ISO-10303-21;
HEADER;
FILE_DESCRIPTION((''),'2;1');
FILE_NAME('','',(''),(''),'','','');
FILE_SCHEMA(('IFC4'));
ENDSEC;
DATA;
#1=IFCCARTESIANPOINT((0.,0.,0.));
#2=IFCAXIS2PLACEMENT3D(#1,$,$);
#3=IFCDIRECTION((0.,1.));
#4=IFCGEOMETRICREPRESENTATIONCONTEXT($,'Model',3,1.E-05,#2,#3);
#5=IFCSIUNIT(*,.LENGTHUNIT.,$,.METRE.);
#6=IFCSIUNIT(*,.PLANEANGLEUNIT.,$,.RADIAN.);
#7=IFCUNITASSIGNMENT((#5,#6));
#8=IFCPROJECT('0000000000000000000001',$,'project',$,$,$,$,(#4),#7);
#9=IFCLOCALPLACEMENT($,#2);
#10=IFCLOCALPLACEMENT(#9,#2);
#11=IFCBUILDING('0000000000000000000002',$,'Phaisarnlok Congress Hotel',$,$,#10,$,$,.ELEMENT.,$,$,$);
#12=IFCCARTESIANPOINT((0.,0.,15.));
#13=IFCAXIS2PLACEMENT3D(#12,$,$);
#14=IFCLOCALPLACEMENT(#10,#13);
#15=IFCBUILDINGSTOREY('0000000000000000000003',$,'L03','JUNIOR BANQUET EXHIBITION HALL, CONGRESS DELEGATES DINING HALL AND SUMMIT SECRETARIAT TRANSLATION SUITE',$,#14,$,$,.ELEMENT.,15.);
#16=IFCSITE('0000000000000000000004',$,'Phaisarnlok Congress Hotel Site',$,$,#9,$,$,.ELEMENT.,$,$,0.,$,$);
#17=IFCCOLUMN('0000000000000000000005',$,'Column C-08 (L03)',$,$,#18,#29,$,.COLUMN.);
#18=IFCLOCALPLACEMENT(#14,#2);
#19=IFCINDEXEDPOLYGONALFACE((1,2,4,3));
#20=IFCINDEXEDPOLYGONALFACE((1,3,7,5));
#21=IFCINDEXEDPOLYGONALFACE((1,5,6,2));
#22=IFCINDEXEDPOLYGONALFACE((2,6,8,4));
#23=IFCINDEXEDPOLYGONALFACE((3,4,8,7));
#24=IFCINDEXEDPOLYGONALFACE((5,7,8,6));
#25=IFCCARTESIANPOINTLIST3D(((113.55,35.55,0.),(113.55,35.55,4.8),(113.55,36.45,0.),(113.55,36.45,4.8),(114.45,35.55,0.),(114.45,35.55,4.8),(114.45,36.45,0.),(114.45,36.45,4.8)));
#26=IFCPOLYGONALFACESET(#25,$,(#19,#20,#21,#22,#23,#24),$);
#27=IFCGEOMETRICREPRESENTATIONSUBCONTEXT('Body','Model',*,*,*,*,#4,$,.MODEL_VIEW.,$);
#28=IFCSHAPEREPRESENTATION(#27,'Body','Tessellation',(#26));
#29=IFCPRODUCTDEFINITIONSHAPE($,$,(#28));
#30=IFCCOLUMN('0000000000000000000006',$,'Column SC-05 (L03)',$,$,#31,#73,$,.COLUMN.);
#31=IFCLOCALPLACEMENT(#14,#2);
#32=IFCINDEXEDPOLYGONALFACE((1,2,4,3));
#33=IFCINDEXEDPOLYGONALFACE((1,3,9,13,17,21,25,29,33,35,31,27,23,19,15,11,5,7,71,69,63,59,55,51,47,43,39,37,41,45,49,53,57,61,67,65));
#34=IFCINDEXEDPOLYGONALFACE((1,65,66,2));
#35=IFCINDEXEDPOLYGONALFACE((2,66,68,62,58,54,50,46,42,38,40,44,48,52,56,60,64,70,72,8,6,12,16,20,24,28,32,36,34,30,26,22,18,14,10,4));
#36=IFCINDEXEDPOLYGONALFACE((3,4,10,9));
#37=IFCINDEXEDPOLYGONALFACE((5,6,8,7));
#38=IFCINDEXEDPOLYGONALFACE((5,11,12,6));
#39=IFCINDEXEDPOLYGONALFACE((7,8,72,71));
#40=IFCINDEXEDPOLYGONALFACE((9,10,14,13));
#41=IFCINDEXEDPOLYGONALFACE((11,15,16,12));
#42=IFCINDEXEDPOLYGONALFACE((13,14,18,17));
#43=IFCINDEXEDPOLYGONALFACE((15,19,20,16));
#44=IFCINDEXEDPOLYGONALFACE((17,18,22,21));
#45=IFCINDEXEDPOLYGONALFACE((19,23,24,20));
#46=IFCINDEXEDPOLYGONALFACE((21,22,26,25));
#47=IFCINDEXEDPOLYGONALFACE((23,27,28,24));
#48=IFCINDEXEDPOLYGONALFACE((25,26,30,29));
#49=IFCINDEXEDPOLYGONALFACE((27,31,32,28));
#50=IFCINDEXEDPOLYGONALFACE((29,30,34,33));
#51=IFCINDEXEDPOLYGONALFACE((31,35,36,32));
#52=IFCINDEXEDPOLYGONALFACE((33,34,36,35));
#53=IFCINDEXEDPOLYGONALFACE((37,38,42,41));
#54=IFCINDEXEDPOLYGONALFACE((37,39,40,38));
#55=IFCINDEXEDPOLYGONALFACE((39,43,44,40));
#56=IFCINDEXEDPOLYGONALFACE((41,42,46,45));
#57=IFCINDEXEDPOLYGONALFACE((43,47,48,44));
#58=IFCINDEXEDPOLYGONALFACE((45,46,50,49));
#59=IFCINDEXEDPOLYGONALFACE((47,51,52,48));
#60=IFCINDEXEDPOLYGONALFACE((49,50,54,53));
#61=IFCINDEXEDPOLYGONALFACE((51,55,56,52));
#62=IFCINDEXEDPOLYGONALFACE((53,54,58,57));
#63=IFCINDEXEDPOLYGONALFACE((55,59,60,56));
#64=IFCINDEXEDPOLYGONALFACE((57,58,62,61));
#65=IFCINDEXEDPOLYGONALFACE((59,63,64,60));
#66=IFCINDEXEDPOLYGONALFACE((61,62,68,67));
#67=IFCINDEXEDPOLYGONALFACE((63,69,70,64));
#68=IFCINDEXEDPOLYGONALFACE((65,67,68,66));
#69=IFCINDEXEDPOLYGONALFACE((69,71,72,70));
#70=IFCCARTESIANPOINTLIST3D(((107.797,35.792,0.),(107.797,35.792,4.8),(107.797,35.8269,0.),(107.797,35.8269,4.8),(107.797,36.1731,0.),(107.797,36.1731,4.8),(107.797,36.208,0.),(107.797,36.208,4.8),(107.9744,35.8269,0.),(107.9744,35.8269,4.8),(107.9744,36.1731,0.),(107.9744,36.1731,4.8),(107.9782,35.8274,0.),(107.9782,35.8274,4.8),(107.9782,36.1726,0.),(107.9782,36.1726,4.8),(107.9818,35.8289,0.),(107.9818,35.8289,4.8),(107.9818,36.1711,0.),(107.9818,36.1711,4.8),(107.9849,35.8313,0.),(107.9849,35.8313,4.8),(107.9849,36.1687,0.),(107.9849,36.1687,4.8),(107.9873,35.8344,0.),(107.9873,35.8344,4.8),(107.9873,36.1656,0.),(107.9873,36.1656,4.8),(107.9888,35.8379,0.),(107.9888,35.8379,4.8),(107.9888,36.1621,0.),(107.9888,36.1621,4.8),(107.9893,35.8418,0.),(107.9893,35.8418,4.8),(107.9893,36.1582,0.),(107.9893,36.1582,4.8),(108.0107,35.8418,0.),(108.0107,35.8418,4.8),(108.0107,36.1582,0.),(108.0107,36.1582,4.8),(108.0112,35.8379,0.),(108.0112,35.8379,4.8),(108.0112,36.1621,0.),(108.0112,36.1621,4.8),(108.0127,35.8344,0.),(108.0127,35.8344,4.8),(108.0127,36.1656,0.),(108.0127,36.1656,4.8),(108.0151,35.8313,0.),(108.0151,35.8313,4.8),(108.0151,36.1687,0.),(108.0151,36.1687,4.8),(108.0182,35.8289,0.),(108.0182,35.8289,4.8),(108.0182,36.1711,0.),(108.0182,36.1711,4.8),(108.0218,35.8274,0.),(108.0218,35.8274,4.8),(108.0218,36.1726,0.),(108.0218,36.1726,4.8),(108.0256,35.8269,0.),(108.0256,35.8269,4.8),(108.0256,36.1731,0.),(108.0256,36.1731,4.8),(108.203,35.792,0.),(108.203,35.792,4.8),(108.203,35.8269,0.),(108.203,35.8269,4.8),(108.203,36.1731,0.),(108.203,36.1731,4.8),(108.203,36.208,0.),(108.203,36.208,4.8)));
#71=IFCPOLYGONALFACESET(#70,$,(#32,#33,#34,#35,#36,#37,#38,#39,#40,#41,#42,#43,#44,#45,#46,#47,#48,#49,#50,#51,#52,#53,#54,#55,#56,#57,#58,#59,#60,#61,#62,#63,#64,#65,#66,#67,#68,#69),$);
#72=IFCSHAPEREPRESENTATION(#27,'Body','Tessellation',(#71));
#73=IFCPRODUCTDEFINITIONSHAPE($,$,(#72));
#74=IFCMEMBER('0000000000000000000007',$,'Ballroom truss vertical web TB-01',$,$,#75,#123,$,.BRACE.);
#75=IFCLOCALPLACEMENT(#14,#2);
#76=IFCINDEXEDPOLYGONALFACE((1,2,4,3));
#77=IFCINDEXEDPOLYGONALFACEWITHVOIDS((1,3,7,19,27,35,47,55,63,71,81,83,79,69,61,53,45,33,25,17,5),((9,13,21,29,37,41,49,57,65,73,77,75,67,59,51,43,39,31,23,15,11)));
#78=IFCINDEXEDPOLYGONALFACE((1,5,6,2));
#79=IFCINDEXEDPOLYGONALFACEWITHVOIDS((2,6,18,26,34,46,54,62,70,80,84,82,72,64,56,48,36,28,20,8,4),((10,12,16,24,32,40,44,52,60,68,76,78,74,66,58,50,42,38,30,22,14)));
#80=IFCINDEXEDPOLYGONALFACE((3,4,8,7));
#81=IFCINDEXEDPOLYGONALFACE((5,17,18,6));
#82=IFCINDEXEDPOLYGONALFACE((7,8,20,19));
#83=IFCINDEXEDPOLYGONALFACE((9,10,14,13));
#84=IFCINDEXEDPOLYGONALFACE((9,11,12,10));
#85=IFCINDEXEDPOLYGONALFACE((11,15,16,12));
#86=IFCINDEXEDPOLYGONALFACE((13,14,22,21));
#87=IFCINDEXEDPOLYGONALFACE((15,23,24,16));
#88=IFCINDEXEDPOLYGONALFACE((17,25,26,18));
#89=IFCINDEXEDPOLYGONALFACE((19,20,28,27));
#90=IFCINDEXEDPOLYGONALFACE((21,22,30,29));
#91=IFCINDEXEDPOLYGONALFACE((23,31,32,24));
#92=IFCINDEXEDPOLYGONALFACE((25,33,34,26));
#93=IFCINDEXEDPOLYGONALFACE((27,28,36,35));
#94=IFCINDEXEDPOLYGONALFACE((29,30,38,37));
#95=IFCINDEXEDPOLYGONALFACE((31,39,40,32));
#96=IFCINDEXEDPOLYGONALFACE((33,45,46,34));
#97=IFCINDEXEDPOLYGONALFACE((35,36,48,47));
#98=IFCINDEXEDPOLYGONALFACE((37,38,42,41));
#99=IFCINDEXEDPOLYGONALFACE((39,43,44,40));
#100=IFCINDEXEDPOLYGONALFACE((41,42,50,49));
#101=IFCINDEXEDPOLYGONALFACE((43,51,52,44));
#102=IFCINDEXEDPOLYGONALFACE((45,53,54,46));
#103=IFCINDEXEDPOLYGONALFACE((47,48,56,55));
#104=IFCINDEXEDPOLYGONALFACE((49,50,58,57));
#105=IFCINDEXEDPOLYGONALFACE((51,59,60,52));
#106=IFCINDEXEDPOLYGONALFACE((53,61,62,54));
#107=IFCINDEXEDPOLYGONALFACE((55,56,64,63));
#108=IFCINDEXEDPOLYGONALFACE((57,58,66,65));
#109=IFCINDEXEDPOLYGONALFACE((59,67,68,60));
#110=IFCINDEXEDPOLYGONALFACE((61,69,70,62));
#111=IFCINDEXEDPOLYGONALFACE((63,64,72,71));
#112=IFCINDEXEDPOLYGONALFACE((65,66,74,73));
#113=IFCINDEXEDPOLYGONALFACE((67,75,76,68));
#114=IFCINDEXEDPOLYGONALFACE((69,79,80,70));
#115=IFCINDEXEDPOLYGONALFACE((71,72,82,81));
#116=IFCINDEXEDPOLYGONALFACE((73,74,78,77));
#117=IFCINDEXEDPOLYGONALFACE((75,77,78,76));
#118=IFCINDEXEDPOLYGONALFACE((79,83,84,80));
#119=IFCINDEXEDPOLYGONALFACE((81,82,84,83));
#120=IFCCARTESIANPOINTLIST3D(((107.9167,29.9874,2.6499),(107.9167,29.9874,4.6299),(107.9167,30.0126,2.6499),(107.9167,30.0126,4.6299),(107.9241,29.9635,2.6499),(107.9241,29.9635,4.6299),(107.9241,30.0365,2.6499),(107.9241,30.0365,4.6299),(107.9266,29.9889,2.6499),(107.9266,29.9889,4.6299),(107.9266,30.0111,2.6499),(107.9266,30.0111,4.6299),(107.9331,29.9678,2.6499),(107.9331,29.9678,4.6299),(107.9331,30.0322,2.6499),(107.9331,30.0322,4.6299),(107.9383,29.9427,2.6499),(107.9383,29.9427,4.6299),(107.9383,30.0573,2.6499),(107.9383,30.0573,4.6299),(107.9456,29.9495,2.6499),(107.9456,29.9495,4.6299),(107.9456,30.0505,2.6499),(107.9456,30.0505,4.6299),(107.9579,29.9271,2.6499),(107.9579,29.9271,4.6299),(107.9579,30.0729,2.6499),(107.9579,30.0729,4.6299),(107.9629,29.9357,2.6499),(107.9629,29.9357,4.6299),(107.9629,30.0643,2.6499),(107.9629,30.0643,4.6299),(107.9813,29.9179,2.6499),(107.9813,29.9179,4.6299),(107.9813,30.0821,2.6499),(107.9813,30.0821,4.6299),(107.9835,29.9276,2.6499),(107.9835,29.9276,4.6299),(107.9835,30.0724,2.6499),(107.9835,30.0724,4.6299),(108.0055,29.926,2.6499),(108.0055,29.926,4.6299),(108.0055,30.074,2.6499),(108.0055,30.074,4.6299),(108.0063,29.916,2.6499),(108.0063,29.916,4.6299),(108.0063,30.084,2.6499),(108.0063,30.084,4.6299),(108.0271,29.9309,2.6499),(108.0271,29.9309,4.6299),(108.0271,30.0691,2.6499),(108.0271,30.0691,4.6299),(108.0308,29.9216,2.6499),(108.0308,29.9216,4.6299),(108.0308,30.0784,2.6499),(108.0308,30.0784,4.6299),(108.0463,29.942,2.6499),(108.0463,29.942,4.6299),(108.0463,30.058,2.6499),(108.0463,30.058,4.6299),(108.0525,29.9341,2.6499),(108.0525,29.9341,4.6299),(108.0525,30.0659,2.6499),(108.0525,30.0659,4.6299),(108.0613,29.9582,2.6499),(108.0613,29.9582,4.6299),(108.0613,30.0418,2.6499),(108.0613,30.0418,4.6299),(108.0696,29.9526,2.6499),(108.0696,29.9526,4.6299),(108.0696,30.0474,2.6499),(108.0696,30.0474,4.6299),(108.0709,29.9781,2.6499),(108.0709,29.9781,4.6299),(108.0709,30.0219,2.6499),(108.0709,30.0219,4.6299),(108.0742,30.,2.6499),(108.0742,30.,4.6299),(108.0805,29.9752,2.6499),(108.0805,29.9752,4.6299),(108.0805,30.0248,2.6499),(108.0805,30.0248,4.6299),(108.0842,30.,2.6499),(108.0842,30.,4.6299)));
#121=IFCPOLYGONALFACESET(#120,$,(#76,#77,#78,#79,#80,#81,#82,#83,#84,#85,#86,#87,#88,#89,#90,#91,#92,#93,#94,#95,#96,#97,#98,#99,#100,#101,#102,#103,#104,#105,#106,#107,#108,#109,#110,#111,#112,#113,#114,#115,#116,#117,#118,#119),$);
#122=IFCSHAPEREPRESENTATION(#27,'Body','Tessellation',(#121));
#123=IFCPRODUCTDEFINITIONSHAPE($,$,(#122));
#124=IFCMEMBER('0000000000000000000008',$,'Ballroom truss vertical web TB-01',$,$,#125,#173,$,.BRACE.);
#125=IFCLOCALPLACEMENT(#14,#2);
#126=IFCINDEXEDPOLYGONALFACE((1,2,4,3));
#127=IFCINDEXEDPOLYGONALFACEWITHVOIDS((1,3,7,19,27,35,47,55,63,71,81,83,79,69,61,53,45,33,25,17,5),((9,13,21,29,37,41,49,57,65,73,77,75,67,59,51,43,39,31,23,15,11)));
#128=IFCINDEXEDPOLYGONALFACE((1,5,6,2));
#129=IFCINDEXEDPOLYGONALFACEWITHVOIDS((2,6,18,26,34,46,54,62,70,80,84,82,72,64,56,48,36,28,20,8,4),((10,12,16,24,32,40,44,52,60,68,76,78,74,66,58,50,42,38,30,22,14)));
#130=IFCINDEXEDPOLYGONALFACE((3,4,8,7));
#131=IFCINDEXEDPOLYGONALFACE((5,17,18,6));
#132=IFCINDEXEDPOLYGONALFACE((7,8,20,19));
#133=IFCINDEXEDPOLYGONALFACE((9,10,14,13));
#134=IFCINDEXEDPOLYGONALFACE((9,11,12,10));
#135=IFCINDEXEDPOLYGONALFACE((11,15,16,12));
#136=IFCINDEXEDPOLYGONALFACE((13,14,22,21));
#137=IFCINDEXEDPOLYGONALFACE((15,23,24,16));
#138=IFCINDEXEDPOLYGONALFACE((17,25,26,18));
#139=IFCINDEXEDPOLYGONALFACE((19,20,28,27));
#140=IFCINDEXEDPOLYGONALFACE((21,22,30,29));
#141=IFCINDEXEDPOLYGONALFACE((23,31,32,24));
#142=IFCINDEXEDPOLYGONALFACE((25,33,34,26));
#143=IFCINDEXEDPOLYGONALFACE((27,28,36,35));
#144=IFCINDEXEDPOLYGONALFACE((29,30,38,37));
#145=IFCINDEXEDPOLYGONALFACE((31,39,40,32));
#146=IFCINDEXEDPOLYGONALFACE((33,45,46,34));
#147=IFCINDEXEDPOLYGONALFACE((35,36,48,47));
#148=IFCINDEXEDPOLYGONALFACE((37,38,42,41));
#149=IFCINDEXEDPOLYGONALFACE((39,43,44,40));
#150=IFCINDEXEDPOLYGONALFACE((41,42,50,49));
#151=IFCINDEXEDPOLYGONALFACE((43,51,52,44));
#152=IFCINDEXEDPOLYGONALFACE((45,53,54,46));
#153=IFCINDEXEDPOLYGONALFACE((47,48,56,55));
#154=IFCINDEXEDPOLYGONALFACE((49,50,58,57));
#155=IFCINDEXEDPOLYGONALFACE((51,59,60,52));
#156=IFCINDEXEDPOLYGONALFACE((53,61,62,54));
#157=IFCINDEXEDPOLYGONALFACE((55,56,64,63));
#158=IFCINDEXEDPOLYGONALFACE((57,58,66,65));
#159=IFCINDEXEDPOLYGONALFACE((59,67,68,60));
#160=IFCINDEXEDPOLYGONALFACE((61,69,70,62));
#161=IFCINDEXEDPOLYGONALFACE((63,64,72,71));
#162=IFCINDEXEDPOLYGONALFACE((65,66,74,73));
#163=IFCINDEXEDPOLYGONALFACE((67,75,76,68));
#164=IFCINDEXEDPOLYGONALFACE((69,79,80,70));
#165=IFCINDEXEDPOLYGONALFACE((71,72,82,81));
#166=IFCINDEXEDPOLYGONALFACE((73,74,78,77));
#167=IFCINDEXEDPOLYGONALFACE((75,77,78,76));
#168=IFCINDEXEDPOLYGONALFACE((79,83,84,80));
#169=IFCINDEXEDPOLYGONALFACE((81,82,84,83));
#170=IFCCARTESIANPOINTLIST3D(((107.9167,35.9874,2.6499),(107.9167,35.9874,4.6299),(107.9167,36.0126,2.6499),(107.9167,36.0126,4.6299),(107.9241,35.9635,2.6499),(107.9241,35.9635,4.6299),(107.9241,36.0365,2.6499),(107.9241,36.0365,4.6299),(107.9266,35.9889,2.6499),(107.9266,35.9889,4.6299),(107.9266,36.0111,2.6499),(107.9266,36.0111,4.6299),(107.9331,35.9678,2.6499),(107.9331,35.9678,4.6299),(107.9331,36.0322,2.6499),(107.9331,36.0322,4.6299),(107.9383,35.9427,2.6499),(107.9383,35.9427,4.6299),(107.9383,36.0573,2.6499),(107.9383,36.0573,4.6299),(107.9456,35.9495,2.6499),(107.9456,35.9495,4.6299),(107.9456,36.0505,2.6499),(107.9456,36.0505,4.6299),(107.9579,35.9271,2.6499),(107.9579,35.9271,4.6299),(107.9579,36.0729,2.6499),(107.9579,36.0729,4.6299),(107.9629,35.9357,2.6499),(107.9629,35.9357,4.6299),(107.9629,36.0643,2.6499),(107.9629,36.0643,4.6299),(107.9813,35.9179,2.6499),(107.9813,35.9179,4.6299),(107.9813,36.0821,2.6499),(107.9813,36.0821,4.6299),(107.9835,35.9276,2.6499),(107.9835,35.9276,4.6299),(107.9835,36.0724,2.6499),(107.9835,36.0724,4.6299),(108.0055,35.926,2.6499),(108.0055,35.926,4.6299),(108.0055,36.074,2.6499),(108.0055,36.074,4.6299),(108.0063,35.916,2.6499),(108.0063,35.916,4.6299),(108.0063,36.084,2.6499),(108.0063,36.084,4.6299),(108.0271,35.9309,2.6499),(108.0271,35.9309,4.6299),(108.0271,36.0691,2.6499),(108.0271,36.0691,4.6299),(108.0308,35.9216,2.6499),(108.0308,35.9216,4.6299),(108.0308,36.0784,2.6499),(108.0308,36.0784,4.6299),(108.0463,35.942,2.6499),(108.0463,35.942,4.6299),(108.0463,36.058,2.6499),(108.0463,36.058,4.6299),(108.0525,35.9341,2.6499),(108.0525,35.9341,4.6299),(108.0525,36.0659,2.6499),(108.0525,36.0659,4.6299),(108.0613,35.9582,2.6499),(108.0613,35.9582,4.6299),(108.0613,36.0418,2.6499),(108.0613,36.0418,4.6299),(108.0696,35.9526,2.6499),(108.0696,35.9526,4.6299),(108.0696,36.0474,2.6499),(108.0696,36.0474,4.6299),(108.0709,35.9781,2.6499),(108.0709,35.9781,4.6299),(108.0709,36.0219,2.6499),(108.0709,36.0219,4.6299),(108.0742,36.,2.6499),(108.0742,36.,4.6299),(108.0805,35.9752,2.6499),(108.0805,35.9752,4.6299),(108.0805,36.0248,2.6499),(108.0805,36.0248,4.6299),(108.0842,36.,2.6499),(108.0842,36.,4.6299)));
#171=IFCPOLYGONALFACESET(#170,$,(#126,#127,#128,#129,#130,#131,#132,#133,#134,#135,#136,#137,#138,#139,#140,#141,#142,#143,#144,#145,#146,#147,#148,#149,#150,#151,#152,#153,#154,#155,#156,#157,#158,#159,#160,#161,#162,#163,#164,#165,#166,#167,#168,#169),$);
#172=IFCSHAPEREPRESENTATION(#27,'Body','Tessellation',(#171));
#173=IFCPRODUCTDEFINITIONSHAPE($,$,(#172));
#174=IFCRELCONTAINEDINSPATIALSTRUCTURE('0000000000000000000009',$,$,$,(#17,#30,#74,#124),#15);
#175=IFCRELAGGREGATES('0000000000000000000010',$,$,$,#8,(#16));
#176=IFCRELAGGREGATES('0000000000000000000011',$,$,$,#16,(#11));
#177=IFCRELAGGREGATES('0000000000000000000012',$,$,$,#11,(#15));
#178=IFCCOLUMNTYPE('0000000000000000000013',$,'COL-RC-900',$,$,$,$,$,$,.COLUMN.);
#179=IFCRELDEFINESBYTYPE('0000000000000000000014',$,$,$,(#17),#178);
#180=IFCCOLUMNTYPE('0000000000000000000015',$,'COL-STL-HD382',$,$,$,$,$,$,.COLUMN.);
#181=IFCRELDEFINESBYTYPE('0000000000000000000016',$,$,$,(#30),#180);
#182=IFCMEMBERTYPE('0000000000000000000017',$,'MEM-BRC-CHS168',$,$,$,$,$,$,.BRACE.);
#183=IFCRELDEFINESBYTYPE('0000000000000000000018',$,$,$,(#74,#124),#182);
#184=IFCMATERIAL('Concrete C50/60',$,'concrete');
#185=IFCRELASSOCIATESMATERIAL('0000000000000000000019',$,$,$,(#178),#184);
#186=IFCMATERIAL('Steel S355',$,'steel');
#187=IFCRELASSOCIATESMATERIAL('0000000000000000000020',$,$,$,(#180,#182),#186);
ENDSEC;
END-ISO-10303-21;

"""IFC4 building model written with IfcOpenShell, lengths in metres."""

from ifc_helpers import new_model, si_unit, direction, frame, origin, origin_2d, place, context, subcontext, project, spatial, rectangle, hollow_circle, i_section, extrude, material, material_profile, profile_set, type_object, element, save


model = new_model("IFC4")

# Units and contexts
model_context = context("Model", 3, precision=1e-05, world=origin(), true_north=direction((0.0, 1.0)))
body_context = subcontext(model_context, "Body", "Model", "MODEL_VIEW")
ifc_project = project(units=[si_unit("LENGTHUNIT", "METRE"), si_unit("PLANEANGLEUNIT", "RADIAN")], contexts=[model_context])

# Site, building, storey
site_placement = place(None, origin())
site = spatial("IfcSite", under=ifc_project, at=site_placement, Name="Phaisarnlok Congress Hotel Site", CompositionType="ELEMENT", RefElevation=0.0)
building_placement = place(site_placement, origin())
building = spatial("IfcBuilding", under=site, at=building_placement, Name="Phaisarnlok Congress Hotel", CompositionType="ELEMENT")
storey_placement = place(building_placement, frame((0.0, 0.0, 15.0)))
storey = spatial("IfcBuildingStorey", under=building, at=storey_placement, Name="L03", Description="JUNIOR BANQUET EXHIBITION HALL, CONGRESS DELEGATES DINING HALL AND SUMMIT SECRETARIAT TRANSLATION SUITE", CompositionType="ELEMENT", Elevation=15.0)

# Columns
ifc_material_1 = material(Name="Concrete C50/60", Category="concrete")
ifc_material_profile_1 = material_profile(ifc_material_1, rectangle(XDim=0.8999, YDim=0.8999, at=origin_2d()), Name="RC 900x900")
ifc_profile_set_1 = profile_set([ifc_material_profile_1], Name="Concrete C50/60")
column_type_1 = type_object("IfcColumnType", Name="COL-RC-900", PredefinedType="COLUMN", material=ifc_profile_set_1)
column_1_placement = place(storey_placement, frame((114.0, 36.0, 0.0), z_axis=(0.0, 0.0, 1.0), x_axis=(1.0, 0.0, 0.0)))
element("IfcColumn", 1, at=column_1_placement, inside=storey, type_object=column_type_1, Name="Column C-08 (L03)", PredefinedType="COLUMN", context=body_context, shape_type="SweptSolid", body=[
    extrude(rectangle(XDim=0.8999, YDim=0.8999, at=origin_2d()), origin(), (0.0, 0.0, 1.0), 4.8),
])
ifc_material_2 = material(Name="Steel S355", Category="steel")
ifc_material_profile_2 = material_profile(ifc_material_2, i_section(OverallWidth=0.406, OverallDepth=0.416, WebThickness=0.0215, FlangeThickness=0.0349, FilletRadius=0.0149, at=origin_2d()), Name="HD 400x382")
ifc_profile_set_2 = profile_set([ifc_material_profile_2], Name="Steel S355")
column_type_2 = type_object("IfcColumnType", Name="COL-STL-HD382", PredefinedType="COLUMN", material=ifc_profile_set_2)
column_2_placement = place(storey_placement, frame((108.0, 36.0, 0.0), z_axis=(0.0, 0.0, 1.0), x_axis=(1.0, 0.0, 0.0)))
element("IfcColumn", 2, at=column_2_placement, inside=storey, type_object=column_type_2, Name="Column SC-05 (L03)", PredefinedType="COLUMN", context=body_context, shape_type="SweptSolid", body=[
    extrude(i_section(OverallWidth=0.406, OverallDepth=0.416, WebThickness=0.0215, FlangeThickness=0.0349, FilletRadius=0.0149, at=origin_2d()), origin(), (0.0, 0.0, 1.0), 4.8),
])

# Members
ifc_material_profile_3 = material_profile(ifc_material_2, hollow_circle(Radius=0.0842, WallThickness=0.01, at=origin_2d()), Name="CHS 168.3x10")
ifc_profile_set_3 = profile_set([ifc_material_profile_3], Name="Steel S355")
member_type_1 = type_object("IfcMemberType", Name="MEM-BRC-CHS168", PredefinedType="BRACE", material=ifc_profile_set_3)
for number, where, z_axis, x_axis, name in (
    (3, (108.0, 30.0, 2.6499), (0.0, 0.0, 1.0), (1.0, 0.0, 0.0), "Ballroom truss vertical web TB-01"),
    (4, (108.0, 36.0, 2.6499), (0.0, 0.0, 1.0), (1.0, 0.0, 0.0), "Ballroom truss vertical web TB-01"),
):
    element("IfcMember", number, at=place(storey_placement, frame(where, z_axis=z_axis, x_axis=x_axis)), inside=storey, type_object=member_type_1, Name=name, PredefinedType="BRACE", context=body_context, shape_type="SweptSolid", body=[
        extrude(hollow_circle(Radius=0.0842, WallThickness=0.01, at=origin_2d()), origin(), (0.0, 0.0, 1.0), 1.98),
    ])

save(model, "model.ifc")
